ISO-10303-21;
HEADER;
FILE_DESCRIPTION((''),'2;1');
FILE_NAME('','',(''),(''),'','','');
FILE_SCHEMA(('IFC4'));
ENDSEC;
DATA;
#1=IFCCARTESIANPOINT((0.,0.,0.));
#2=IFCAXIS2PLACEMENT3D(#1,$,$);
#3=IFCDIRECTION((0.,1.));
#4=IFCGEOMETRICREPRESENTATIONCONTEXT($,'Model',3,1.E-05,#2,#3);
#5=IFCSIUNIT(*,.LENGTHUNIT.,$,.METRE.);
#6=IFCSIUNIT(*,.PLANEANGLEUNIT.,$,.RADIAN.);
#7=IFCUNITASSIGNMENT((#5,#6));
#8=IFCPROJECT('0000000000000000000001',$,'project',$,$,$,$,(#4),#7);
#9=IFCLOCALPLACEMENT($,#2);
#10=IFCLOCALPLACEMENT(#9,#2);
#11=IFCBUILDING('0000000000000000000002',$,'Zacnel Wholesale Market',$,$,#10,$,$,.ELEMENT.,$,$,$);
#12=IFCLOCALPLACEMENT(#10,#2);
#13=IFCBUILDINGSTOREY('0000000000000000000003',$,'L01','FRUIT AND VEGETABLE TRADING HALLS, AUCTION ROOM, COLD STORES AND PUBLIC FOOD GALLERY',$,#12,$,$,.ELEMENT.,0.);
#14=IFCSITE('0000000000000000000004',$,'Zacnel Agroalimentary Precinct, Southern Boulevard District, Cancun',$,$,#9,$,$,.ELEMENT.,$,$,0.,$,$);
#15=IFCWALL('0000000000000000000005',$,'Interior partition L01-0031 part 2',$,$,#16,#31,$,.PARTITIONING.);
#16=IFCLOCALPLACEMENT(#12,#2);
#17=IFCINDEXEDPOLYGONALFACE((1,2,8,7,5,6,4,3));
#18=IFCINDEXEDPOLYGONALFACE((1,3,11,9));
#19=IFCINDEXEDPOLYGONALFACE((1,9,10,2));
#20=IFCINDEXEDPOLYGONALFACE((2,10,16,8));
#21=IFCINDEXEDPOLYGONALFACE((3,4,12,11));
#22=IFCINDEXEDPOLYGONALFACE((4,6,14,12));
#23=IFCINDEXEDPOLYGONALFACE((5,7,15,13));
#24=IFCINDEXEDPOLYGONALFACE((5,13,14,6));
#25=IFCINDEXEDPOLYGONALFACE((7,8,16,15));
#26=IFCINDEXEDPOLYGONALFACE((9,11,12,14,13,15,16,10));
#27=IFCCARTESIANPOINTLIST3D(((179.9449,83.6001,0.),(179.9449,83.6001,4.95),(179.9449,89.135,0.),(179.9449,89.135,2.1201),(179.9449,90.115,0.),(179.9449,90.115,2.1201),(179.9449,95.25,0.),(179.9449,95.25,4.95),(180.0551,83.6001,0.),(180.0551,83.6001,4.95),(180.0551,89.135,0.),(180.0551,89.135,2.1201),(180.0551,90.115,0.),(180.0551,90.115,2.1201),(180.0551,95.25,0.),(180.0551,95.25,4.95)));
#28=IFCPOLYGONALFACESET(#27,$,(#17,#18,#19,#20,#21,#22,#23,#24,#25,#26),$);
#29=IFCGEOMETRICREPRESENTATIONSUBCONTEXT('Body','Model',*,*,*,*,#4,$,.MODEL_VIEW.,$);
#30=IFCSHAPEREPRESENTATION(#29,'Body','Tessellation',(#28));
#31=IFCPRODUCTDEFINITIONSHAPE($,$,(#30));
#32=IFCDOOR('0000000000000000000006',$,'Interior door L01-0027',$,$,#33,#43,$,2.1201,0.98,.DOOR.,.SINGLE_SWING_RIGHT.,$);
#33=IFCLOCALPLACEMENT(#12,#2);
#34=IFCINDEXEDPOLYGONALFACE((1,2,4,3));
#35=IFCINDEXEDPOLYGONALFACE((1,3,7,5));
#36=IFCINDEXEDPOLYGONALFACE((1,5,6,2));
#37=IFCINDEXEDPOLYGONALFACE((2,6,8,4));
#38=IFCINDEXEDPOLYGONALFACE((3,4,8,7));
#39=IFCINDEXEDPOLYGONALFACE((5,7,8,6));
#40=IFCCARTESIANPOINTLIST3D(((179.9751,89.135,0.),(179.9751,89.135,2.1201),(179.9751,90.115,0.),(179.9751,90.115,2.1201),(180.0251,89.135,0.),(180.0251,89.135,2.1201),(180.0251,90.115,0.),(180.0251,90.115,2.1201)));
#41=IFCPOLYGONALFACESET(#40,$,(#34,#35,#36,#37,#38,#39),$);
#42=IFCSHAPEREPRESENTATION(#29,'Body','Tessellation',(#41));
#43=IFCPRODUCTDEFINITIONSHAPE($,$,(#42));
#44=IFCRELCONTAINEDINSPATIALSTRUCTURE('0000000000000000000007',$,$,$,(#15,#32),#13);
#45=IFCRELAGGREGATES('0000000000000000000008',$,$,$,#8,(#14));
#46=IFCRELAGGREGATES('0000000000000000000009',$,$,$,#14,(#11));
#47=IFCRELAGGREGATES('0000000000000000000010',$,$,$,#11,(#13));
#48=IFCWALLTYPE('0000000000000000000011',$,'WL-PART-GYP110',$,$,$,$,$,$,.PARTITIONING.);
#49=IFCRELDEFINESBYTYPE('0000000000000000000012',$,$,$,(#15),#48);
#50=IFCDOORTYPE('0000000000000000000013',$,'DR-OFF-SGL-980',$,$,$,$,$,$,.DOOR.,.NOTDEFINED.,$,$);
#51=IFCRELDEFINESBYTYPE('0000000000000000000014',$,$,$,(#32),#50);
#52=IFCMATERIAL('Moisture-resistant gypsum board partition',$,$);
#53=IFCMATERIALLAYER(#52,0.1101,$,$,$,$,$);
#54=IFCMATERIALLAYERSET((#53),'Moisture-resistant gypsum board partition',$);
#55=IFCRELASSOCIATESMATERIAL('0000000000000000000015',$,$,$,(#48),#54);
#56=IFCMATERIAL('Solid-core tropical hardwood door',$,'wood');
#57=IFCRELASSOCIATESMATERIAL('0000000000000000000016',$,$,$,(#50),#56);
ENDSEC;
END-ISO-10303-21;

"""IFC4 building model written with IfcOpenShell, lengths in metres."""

from ifc_helpers import new_model, si_unit, direction, frame, frame_2d, origin, place, context, subcontext, project, spatial, rectangle, extrude, material, layer, layer_set, type_object, element, fill, save


model = new_model("IFC4")

# Units and contexts
model_context = context("Model", 3, precision=1e-05, world=origin(), true_north=direction((0.0, 1.0)))
body_context = subcontext(model_context, "Body", "Model", "MODEL_VIEW")
ifc_project = project(units=[si_unit("LENGTHUNIT", "METRE"), si_unit("PLANEANGLEUNIT", "RADIAN")], contexts=[model_context])

# Site, building, storey
site_placement = place(None, origin())
site = spatial("IfcSite", under=ifc_project, at=site_placement, Name="Zacnel Agroalimentary Precinct, Southern Boulevard District, Cancun", CompositionType="ELEMENT", RefElevation=0.0)
building_placement = place(site_placement, origin())
building = spatial("IfcBuilding", under=site, at=building_placement, Name="Zacnel Wholesale Market", CompositionType="ELEMENT")
storey_placement = place(building_placement, origin())
storey = spatial("IfcBuildingStorey", under=building, at=storey_placement, Name="L01", Description="FRUIT AND VEGETABLE TRADING HALLS, AUCTION ROOM, COLD STORES AND PUBLIC FOOD GALLERY", CompositionType="ELEMENT", Elevation=0.0)

# Wall, opening, door
ifc_material_1 = material(Name="Moisture-resistant gypsum board partition")
ifc_layer_1 = layer(ifc_material_1, 0.1101)
ifc_layer_set_1 = layer_set([ifc_layer_1], Name="Moisture-resistant gypsum board partition")
wall_type_1 = type_object("IfcWallType", Name="WL-PART-GYP110", PredefinedType="PARTITIONING", material=ifc_layer_set_1)
wall_1_placement = place(storey_placement, frame((180.0, 83.6001, 0.0), z_axis=(0.0, 0.0, 1.0), x_axis=(0.0, 1.0, 0.0)))
wall_1 = element("IfcWall", 1, at=wall_1_placement, inside=storey, type_object=wall_type_1, Name="Interior partition L01-0031 part 2", PredefinedType="PARTITIONING", context=body_context, shape_type="SweptSolid", body=[
    extrude(rectangle(XDim=11.6499, YDim=0.1101, at=frame_2d((5.825, 0.0))), origin(), (0.0, 0.0, 1.0), 4.95),
])
opening_1_placement = place(wall_1_placement, frame((5.5349, 0.0, 0.0)))
opening_1 = element("IfcOpeningElement", 2, at=opening_1_placement, cuts=wall_1, PredefinedType="OPENING", context=body_context, shape_type="SweptSolid", body=[
    extrude(rectangle(XDim=0.98, YDim=2.1201, at=frame_2d((0.49, 1.0601))), frame((0.0, 0.0649, 0.0), z_axis=(0.0, -1.0, 0.0), x_axis=(1.0, 0.0, 0.0)), (0.0, 0.0, 1.0), 0.1301),
])
ifc_material_2 = material(Name="Solid-core tropical hardwood door", Category="wood")
door_type = type_object("IfcDoorType", Name="DR-OFF-SGL-980", OperationType="NOTDEFINED", PredefinedType="DOOR", material=ifc_material_2)
door_placement = place(opening_1_placement, origin())
door = element("IfcDoor", 3, at=door_placement, inside=storey, type_object=door_type, Name="Interior door L01-0027", OperationType="SINGLE_SWING_RIGHT", OverallHeight=2.1201, OverallWidth=0.98, PredefinedType="DOOR", context=body_context, shape_type="SweptSolid", body=[
    extrude(rectangle(XDim=0.98, YDim=2.1201, at=frame_2d((0.49, 1.0601))), frame((0.0, 0.0249, 0.0), z_axis=(0.0, -1.0, 0.0), x_axis=(1.0, 0.0, 0.0)), (0.0, 0.0, 1.0), 0.05),
])
fill(opening_1, door)

save(model, "model.ifc")
